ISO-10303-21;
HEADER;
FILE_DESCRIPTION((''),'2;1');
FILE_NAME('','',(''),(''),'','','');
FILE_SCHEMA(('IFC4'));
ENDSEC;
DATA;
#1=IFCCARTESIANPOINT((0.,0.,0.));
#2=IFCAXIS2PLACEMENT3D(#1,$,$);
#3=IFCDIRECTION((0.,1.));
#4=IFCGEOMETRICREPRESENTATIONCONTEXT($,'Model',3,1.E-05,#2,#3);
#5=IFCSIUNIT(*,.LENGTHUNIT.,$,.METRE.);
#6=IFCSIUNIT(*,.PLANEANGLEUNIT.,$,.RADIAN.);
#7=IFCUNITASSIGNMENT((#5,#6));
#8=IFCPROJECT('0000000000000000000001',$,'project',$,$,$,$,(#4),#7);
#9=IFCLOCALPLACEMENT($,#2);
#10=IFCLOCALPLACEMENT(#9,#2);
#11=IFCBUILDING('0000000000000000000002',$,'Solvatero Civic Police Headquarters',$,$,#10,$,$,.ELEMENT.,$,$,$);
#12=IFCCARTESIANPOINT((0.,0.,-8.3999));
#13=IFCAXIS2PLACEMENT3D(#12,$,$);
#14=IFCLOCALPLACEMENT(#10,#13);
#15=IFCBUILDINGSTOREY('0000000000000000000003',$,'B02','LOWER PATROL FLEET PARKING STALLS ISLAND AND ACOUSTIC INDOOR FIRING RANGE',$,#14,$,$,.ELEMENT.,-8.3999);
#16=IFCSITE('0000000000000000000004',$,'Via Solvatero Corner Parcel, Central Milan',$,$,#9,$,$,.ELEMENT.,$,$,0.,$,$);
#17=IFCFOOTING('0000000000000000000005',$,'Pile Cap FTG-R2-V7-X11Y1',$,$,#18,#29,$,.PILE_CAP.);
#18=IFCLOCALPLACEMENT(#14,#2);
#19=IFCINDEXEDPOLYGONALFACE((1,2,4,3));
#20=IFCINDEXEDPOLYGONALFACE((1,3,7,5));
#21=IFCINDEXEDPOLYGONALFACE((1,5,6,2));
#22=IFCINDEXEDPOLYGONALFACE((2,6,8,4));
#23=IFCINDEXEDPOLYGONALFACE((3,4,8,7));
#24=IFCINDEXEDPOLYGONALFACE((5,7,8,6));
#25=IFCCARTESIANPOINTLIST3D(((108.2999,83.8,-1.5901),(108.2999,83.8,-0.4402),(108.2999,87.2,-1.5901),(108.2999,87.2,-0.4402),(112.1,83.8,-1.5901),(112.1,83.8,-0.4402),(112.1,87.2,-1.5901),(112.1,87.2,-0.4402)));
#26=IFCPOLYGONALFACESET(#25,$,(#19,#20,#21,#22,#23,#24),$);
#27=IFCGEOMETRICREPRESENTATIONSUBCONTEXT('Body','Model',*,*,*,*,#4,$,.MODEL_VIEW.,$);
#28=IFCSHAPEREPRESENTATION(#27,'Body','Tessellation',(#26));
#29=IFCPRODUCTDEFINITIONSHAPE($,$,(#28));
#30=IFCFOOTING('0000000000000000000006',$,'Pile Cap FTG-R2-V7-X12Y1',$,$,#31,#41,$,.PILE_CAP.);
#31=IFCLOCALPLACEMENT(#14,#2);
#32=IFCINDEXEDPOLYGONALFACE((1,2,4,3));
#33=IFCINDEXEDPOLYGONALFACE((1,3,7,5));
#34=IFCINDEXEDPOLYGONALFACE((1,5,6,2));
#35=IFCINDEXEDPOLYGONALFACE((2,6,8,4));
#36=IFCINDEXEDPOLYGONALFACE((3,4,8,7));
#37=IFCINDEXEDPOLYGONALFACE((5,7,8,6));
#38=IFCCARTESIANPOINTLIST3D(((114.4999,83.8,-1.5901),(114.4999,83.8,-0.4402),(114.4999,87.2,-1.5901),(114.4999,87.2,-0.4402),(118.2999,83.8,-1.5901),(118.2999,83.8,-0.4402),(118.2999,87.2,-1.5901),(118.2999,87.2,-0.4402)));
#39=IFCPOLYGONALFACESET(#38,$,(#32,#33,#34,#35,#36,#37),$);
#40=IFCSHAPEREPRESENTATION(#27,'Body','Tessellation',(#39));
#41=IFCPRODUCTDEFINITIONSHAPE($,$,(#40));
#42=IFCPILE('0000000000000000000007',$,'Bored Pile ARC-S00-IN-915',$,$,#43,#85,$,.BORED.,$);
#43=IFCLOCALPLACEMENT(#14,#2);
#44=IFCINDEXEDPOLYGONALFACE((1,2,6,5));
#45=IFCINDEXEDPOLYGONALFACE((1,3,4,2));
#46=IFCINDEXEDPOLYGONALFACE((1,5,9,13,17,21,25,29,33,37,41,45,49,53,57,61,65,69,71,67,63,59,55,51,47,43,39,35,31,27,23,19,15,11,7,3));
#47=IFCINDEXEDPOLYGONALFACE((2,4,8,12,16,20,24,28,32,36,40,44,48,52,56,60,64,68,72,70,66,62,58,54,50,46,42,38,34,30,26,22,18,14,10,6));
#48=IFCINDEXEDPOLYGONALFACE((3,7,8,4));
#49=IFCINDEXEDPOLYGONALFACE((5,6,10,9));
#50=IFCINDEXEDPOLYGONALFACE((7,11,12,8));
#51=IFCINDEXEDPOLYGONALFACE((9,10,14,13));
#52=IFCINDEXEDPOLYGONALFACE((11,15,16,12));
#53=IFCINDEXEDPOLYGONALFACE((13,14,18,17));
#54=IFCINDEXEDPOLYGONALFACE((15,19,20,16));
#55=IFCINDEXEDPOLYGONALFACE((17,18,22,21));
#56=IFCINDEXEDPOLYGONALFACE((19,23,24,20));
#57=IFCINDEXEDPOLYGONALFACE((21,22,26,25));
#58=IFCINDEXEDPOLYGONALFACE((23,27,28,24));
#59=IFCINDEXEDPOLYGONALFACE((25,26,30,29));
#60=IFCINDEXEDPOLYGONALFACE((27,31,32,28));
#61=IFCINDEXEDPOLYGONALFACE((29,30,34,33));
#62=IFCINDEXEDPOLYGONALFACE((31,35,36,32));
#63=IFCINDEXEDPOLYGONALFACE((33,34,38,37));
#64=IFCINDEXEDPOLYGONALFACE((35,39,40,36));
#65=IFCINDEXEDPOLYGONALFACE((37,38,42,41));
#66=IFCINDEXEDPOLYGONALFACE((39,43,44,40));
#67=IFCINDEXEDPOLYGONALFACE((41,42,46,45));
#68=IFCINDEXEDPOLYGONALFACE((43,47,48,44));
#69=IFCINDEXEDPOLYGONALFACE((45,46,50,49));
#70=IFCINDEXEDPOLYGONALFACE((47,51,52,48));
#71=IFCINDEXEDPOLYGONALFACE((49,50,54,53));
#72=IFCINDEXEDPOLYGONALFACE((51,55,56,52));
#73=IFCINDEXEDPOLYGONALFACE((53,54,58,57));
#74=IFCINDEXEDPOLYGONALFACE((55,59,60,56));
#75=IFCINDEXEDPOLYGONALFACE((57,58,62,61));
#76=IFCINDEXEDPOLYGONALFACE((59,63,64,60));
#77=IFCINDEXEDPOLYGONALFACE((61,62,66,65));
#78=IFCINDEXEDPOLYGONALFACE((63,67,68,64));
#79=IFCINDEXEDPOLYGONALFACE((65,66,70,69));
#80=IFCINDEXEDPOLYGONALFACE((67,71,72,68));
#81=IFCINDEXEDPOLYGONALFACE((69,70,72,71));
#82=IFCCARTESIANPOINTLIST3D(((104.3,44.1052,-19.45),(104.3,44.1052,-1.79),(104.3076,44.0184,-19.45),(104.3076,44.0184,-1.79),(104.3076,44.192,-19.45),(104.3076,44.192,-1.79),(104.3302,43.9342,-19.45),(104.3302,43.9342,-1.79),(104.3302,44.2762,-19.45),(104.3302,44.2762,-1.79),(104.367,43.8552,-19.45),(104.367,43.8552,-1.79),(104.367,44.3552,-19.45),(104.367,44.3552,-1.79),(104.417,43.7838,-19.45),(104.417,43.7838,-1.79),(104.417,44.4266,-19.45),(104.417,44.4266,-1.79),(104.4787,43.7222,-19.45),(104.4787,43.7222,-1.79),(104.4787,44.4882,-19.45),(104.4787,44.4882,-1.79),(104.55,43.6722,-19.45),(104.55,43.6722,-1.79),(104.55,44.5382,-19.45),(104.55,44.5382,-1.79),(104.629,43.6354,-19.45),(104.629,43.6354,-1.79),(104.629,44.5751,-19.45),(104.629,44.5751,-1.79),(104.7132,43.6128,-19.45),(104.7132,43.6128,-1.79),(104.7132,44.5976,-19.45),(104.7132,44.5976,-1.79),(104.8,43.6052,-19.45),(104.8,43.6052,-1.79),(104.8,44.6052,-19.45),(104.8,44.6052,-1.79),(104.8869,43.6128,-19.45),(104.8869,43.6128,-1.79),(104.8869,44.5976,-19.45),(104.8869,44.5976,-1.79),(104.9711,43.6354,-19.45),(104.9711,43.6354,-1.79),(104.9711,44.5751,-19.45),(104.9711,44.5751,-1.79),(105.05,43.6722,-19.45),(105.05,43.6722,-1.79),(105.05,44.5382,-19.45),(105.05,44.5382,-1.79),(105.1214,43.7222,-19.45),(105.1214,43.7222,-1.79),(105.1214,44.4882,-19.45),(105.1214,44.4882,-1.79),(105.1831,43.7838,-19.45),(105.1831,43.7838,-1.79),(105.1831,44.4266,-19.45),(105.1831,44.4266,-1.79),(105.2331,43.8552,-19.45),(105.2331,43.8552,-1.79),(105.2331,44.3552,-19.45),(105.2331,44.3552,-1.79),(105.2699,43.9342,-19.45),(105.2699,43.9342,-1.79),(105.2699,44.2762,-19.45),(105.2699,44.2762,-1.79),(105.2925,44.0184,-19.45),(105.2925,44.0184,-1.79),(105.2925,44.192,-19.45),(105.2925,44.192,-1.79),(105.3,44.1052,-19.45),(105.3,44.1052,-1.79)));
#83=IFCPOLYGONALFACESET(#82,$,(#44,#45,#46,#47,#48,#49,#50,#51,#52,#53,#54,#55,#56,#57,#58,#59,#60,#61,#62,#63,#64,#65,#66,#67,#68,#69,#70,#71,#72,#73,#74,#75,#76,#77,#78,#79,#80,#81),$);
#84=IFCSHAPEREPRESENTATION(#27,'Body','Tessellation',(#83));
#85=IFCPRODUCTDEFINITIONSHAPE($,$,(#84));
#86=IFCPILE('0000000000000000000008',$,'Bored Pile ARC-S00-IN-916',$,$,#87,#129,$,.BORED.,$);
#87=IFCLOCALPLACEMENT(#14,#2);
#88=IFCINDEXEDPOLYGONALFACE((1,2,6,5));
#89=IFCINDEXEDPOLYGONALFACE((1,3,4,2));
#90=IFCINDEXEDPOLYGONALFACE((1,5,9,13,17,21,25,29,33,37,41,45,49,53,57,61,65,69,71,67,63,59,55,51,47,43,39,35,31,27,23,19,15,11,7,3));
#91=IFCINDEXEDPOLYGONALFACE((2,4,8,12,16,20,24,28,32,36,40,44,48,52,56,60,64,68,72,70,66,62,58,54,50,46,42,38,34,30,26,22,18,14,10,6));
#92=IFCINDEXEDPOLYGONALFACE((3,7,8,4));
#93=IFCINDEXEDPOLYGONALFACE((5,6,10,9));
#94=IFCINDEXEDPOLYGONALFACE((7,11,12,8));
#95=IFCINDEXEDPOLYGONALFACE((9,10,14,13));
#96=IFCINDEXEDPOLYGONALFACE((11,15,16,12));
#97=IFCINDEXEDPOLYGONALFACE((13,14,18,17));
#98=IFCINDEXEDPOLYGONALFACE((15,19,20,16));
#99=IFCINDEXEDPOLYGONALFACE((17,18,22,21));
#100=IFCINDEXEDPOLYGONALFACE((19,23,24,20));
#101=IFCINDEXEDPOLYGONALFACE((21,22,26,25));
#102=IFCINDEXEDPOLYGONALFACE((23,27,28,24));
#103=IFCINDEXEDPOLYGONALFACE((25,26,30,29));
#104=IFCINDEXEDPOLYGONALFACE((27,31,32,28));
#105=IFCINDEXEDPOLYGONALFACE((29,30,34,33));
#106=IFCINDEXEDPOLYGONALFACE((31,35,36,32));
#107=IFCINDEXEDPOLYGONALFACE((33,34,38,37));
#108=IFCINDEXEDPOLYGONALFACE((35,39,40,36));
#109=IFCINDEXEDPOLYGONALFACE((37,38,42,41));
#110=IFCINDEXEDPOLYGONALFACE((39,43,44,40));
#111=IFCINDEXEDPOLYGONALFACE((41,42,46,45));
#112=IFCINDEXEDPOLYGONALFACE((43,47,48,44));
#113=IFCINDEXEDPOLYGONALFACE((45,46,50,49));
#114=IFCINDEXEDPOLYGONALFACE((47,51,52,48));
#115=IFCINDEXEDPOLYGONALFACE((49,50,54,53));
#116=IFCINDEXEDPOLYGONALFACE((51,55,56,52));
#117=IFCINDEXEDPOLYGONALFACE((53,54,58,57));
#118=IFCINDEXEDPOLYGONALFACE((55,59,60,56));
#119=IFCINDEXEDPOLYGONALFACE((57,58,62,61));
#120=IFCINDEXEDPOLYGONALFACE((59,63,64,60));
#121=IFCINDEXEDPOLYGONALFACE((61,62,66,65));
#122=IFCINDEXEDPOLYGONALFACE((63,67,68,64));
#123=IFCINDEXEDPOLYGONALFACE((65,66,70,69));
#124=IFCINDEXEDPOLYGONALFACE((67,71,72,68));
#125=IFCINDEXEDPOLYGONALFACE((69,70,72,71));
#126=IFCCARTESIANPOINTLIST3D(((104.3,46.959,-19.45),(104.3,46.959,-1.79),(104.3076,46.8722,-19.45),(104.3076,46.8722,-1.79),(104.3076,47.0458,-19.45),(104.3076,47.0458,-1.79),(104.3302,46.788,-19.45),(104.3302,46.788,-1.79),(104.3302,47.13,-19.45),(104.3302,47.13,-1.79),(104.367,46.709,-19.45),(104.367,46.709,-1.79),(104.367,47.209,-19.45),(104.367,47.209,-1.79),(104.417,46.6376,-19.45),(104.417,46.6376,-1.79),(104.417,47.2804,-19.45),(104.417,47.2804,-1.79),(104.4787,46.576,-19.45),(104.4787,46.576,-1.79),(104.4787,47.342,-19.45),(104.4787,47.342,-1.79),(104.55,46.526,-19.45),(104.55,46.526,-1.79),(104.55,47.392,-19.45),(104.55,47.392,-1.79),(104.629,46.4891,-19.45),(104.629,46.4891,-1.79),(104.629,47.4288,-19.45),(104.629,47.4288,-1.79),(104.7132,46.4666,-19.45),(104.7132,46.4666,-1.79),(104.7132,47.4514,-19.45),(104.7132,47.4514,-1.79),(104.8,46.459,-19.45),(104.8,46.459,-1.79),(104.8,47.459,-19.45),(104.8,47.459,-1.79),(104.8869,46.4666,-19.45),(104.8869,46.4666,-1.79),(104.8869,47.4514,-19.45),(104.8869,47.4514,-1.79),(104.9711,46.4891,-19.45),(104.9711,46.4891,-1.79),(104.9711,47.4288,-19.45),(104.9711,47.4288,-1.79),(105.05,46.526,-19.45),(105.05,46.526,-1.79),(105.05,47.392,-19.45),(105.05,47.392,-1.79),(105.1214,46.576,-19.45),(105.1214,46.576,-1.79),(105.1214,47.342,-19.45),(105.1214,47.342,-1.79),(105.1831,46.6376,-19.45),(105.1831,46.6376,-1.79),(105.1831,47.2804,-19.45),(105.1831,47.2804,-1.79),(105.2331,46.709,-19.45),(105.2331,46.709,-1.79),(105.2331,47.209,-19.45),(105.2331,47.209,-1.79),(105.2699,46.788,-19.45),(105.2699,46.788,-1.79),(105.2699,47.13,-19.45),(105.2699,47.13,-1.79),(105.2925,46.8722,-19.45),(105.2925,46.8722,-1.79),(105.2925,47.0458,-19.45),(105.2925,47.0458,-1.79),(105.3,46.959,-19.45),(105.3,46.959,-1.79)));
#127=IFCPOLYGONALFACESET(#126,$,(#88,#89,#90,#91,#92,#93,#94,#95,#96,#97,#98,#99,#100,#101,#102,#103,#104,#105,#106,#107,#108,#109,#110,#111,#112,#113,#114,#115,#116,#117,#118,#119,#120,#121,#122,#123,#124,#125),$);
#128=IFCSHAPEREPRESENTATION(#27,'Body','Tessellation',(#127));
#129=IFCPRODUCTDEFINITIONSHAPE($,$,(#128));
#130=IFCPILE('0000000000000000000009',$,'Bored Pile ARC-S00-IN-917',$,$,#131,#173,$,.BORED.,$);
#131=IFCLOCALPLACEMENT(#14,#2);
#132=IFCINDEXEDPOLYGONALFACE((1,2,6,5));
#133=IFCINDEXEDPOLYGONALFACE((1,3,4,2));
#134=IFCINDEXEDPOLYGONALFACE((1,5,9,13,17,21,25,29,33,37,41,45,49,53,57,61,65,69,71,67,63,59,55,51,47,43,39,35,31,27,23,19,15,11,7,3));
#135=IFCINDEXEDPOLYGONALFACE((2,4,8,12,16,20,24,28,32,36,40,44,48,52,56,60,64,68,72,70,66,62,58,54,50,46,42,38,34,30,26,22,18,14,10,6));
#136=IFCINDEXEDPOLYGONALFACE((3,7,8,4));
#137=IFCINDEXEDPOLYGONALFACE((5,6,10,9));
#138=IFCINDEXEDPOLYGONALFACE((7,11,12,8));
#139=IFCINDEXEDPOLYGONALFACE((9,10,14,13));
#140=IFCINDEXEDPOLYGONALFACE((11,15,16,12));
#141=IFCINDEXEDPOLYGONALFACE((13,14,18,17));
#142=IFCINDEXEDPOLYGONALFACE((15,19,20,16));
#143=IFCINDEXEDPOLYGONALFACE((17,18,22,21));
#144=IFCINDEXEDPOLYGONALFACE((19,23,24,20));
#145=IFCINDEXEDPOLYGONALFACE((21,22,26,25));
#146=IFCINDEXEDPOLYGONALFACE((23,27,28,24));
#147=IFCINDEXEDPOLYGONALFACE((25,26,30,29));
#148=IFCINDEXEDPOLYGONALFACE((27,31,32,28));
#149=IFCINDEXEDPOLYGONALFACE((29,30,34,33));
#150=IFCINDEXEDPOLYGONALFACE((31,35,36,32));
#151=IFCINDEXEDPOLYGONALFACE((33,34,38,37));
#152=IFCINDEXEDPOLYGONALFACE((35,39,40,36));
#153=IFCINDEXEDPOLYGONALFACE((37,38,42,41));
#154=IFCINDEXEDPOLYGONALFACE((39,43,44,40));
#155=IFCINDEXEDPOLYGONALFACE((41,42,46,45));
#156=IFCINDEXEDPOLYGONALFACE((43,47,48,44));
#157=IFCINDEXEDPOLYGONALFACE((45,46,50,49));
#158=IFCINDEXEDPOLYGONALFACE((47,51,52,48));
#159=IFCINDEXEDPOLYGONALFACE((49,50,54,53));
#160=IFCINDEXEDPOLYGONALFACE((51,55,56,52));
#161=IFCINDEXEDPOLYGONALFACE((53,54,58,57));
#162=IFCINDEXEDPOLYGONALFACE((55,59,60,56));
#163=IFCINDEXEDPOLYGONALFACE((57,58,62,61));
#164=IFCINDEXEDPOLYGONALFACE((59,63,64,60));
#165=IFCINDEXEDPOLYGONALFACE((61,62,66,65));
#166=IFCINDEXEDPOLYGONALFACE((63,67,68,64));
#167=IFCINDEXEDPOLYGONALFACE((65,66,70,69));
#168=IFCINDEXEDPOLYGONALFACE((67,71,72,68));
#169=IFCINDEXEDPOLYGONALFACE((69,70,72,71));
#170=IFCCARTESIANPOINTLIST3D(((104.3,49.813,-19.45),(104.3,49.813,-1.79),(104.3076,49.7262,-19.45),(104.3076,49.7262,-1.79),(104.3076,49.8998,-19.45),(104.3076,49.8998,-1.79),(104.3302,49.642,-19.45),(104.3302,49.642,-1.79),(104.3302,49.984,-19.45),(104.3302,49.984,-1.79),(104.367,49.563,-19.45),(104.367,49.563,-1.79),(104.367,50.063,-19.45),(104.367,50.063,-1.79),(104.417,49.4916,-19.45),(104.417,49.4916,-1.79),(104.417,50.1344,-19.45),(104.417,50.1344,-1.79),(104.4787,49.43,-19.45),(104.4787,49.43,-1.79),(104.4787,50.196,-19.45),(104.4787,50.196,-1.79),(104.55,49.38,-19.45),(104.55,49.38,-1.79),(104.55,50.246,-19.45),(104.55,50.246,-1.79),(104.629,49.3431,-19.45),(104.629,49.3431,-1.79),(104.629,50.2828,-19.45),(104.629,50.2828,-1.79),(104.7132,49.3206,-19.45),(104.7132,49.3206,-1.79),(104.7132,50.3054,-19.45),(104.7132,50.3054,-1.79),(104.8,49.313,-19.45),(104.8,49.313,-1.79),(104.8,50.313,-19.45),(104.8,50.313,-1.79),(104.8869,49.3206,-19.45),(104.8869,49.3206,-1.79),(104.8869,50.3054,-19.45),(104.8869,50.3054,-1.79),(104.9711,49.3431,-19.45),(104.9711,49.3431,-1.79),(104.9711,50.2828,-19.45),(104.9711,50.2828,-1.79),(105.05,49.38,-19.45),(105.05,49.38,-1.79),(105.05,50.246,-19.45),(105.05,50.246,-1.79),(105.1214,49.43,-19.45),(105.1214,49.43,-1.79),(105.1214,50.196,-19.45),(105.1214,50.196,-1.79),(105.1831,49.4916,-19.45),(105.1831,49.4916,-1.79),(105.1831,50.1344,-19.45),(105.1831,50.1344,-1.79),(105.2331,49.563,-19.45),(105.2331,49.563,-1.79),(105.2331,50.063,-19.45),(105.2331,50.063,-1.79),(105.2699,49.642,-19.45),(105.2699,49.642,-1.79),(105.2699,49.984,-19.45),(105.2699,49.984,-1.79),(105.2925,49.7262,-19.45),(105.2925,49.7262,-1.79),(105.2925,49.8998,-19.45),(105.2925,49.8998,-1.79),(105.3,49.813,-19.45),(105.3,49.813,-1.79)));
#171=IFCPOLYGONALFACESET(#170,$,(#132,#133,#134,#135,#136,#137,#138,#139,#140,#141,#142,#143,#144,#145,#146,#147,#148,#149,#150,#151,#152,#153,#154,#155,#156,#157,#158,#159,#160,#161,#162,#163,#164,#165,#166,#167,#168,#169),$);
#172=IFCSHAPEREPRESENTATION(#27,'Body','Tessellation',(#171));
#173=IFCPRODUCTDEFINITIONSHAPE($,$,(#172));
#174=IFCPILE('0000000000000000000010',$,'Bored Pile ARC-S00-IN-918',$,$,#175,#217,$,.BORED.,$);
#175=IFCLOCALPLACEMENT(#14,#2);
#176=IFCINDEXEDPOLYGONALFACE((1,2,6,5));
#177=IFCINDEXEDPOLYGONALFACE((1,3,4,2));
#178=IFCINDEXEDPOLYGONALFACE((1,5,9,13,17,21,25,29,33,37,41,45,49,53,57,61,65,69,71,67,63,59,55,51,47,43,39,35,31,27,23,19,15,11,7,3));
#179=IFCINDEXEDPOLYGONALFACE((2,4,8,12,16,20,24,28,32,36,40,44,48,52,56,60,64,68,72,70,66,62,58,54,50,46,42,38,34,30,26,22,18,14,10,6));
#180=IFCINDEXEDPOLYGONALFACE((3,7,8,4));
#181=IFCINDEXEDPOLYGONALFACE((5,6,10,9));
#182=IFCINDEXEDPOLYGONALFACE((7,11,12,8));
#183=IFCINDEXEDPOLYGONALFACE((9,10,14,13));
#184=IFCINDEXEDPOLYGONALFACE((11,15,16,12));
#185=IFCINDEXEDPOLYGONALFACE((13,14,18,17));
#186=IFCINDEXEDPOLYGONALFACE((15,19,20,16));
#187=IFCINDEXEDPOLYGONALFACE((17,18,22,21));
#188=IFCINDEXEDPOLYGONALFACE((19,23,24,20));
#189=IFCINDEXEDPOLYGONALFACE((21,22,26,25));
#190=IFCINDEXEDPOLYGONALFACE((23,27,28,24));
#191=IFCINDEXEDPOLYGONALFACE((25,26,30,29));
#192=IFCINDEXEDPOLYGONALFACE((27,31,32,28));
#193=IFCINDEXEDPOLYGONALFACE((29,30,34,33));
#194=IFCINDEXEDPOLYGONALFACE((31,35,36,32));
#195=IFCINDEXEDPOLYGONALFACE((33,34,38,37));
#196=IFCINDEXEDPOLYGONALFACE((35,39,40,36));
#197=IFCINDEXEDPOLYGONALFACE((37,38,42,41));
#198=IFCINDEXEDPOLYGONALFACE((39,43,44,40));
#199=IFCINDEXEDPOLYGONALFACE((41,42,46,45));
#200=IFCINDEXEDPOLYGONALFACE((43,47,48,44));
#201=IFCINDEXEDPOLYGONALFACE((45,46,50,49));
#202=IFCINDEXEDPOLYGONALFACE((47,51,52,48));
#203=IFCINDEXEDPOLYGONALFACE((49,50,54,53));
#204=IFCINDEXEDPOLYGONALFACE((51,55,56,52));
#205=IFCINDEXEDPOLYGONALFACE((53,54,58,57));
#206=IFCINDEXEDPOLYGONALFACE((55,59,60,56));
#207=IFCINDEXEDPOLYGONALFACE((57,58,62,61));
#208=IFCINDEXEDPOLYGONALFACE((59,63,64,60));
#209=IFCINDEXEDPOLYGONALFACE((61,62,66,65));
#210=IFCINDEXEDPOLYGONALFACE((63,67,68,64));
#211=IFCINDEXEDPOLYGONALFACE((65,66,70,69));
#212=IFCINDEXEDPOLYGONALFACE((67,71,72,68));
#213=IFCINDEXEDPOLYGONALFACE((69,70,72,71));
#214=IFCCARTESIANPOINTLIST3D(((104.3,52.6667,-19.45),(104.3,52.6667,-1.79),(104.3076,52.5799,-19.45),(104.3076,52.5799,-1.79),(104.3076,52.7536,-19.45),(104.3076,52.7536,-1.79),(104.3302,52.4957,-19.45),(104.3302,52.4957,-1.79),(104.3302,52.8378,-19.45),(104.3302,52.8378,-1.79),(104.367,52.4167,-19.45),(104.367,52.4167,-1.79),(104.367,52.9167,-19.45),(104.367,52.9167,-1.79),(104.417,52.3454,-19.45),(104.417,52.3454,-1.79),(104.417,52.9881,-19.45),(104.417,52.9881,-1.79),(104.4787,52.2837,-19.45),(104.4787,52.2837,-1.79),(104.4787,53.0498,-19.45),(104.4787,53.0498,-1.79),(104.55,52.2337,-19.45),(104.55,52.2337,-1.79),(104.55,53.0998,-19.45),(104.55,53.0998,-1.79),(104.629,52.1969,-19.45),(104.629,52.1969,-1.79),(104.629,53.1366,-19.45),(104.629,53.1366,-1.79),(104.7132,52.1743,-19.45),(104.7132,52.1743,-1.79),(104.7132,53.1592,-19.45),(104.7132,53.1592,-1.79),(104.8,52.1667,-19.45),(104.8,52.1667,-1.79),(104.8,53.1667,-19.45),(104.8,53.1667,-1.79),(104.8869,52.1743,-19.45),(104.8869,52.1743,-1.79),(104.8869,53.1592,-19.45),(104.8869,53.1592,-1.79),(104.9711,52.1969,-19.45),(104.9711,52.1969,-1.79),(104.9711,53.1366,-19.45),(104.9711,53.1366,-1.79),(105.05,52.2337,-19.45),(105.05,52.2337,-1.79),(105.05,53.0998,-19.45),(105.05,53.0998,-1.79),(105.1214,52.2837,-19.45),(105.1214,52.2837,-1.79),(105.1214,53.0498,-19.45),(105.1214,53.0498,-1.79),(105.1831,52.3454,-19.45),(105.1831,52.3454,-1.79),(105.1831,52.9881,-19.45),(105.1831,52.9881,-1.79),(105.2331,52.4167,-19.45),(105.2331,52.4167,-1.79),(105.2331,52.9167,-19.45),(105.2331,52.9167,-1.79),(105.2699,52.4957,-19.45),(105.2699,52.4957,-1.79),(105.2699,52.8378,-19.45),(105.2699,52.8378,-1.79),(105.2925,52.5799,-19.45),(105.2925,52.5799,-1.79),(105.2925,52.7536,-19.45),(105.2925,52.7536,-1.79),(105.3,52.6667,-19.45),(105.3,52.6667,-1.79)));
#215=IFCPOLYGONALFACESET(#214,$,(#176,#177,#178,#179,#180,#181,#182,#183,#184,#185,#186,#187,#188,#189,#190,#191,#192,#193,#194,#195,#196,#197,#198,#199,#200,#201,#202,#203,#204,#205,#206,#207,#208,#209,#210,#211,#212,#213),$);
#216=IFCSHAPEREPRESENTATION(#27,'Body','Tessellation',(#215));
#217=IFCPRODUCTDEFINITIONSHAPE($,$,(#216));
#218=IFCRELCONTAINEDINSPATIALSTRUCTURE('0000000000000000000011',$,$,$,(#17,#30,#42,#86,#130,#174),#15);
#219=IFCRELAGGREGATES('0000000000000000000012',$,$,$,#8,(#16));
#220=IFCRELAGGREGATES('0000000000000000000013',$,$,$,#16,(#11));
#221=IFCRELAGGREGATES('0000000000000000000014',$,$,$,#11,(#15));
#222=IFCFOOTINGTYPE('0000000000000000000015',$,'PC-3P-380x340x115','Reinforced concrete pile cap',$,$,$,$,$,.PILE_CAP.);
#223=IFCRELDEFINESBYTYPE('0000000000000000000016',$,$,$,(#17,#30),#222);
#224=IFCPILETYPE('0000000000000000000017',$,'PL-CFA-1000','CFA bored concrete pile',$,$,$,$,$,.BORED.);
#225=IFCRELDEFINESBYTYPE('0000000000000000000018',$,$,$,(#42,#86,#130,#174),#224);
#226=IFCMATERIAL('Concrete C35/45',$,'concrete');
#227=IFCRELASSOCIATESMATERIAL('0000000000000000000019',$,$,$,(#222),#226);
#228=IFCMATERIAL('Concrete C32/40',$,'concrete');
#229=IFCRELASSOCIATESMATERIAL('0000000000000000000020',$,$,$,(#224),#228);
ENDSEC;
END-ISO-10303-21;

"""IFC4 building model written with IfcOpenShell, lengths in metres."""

from ifc_helpers import new_model, si_unit, direction, frame, origin, origin_2d, place, context, subcontext, project, spatial, rectangle, circle, extrude, material, material_profile, profile_set, type_object, element, save


model = new_model("IFC4")

# Units and contexts
model_context = context("Model", 3, precision=1e-05, world=origin(), true_north=direction((0.0, 1.0)))
body_context = subcontext(model_context, "Body", "Model", "MODEL_VIEW")
ifc_project = project(units=[si_unit("LENGTHUNIT", "METRE"), si_unit("PLANEANGLEUNIT", "RADIAN")], contexts=[model_context])

# Site, building, storey
site_placement = place(None, origin())
site = spatial("IfcSite", under=ifc_project, at=site_placement, Name="Via Solvatero Corner Parcel, Central Milan", CompositionType="ELEMENT", RefElevation=0.0)
building_placement = place(site_placement, origin())
building = spatial("IfcBuilding", under=site, at=building_placement, Name="Solvatero Civic Police Headquarters", CompositionType="ELEMENT")
storey_placement = place(building_placement, frame((0.0, 0.0, -8.3999)))
storey = spatial("IfcBuildingStorey", under=building, at=storey_placement, Name="B02", Description="LOWER PATROL FLEET PARKING STALLS ISLAND AND ACOUSTIC INDOOR FIRING RANGE", CompositionType="ELEMENT", Elevation=-8.3999)

# Footings
ifc_material_1 = material(Name="Concrete C35/45", Category="concrete")
footing_type = type_object("IfcFootingType", Name="PC-3P-380x340x115", Description="Reinforced concrete pile cap", PredefinedType="PILE_CAP", material=ifc_material_1)
for number, where, z_axis, x_axis, name in (
    (1, (110.2, 85.5, -1.5901), (0.0, 0.0, 1.0), (1.0, 0.0, 0.0), "Pile Cap FTG-R2-V7-X11Y1"),
    (2, (116.3999, 85.5, -1.5901), (0.0, 0.0, 1.0), (1.0, 0.0, 0.0), "Pile Cap FTG-R2-V7-X12Y1"),
):
    element("IfcFooting", number, at=place(storey_placement, frame(where, z_axis=z_axis, x_axis=x_axis)), inside=storey, type_object=footing_type, Name=name, PredefinedType="PILE_CAP", context=body_context, shape_type="SweptSolid", body=[
        extrude(rectangle(XDim=3.8, YDim=3.3999, at=origin_2d()), origin(), (0.0, 0.0, 1.0), 1.1499),
    ])

# Piles
ifc_material_2 = material(Name="Concrete C32/40", Category="concrete")
ifc_material_profile_1 = material_profile(ifc_material_2, circle(Radius=0.5, at=origin_2d()), Name="CFA PILE D1000")
ifc_profile_set_1 = profile_set([ifc_material_profile_1], Name="Concrete C32/40")
pile_type_1 = type_object("IfcPileType", Name="PL-CFA-1000", Description="CFA bored concrete pile", PredefinedType="BORED", material=ifc_profile_set_1)
for number, where, z_axis, x_axis, name in (
    (3, (104.8, 44.1052, -1.79), (0.0, 0.0, -1.0), (1.0, 0.0, 0.0), "Bored Pile ARC-S00-IN-915"),
    (4, (104.8, 46.959, -1.79), (0.0, 0.0, -1.0), (1.0, 0.0, 0.0), "Bored Pile ARC-S00-IN-916"),
    (5, (104.8, 49.813, -1.79), (0.0, 0.0, -1.0), (1.0, 0.0, 0.0), "Bored Pile ARC-S00-IN-917"),
    (6, (104.8, 52.6667, -1.79), (0.0, 0.0, -1.0), (1.0, 0.0, 0.0), "Bored Pile ARC-S00-IN-918"),
):
    element("IfcPile", number, at=place(storey_placement, frame(where, z_axis=z_axis, x_axis=x_axis)), inside=storey, type_object=pile_type_1, Name=name, PredefinedType="BORED", context=body_context, shape_type="SweptSolid", body=[
        extrude(circle(Radius=0.5, at=origin_2d()), origin(), (0.0, 0.0, 1.0), 17.6599),
    ])

save(model, "model.ifc")
